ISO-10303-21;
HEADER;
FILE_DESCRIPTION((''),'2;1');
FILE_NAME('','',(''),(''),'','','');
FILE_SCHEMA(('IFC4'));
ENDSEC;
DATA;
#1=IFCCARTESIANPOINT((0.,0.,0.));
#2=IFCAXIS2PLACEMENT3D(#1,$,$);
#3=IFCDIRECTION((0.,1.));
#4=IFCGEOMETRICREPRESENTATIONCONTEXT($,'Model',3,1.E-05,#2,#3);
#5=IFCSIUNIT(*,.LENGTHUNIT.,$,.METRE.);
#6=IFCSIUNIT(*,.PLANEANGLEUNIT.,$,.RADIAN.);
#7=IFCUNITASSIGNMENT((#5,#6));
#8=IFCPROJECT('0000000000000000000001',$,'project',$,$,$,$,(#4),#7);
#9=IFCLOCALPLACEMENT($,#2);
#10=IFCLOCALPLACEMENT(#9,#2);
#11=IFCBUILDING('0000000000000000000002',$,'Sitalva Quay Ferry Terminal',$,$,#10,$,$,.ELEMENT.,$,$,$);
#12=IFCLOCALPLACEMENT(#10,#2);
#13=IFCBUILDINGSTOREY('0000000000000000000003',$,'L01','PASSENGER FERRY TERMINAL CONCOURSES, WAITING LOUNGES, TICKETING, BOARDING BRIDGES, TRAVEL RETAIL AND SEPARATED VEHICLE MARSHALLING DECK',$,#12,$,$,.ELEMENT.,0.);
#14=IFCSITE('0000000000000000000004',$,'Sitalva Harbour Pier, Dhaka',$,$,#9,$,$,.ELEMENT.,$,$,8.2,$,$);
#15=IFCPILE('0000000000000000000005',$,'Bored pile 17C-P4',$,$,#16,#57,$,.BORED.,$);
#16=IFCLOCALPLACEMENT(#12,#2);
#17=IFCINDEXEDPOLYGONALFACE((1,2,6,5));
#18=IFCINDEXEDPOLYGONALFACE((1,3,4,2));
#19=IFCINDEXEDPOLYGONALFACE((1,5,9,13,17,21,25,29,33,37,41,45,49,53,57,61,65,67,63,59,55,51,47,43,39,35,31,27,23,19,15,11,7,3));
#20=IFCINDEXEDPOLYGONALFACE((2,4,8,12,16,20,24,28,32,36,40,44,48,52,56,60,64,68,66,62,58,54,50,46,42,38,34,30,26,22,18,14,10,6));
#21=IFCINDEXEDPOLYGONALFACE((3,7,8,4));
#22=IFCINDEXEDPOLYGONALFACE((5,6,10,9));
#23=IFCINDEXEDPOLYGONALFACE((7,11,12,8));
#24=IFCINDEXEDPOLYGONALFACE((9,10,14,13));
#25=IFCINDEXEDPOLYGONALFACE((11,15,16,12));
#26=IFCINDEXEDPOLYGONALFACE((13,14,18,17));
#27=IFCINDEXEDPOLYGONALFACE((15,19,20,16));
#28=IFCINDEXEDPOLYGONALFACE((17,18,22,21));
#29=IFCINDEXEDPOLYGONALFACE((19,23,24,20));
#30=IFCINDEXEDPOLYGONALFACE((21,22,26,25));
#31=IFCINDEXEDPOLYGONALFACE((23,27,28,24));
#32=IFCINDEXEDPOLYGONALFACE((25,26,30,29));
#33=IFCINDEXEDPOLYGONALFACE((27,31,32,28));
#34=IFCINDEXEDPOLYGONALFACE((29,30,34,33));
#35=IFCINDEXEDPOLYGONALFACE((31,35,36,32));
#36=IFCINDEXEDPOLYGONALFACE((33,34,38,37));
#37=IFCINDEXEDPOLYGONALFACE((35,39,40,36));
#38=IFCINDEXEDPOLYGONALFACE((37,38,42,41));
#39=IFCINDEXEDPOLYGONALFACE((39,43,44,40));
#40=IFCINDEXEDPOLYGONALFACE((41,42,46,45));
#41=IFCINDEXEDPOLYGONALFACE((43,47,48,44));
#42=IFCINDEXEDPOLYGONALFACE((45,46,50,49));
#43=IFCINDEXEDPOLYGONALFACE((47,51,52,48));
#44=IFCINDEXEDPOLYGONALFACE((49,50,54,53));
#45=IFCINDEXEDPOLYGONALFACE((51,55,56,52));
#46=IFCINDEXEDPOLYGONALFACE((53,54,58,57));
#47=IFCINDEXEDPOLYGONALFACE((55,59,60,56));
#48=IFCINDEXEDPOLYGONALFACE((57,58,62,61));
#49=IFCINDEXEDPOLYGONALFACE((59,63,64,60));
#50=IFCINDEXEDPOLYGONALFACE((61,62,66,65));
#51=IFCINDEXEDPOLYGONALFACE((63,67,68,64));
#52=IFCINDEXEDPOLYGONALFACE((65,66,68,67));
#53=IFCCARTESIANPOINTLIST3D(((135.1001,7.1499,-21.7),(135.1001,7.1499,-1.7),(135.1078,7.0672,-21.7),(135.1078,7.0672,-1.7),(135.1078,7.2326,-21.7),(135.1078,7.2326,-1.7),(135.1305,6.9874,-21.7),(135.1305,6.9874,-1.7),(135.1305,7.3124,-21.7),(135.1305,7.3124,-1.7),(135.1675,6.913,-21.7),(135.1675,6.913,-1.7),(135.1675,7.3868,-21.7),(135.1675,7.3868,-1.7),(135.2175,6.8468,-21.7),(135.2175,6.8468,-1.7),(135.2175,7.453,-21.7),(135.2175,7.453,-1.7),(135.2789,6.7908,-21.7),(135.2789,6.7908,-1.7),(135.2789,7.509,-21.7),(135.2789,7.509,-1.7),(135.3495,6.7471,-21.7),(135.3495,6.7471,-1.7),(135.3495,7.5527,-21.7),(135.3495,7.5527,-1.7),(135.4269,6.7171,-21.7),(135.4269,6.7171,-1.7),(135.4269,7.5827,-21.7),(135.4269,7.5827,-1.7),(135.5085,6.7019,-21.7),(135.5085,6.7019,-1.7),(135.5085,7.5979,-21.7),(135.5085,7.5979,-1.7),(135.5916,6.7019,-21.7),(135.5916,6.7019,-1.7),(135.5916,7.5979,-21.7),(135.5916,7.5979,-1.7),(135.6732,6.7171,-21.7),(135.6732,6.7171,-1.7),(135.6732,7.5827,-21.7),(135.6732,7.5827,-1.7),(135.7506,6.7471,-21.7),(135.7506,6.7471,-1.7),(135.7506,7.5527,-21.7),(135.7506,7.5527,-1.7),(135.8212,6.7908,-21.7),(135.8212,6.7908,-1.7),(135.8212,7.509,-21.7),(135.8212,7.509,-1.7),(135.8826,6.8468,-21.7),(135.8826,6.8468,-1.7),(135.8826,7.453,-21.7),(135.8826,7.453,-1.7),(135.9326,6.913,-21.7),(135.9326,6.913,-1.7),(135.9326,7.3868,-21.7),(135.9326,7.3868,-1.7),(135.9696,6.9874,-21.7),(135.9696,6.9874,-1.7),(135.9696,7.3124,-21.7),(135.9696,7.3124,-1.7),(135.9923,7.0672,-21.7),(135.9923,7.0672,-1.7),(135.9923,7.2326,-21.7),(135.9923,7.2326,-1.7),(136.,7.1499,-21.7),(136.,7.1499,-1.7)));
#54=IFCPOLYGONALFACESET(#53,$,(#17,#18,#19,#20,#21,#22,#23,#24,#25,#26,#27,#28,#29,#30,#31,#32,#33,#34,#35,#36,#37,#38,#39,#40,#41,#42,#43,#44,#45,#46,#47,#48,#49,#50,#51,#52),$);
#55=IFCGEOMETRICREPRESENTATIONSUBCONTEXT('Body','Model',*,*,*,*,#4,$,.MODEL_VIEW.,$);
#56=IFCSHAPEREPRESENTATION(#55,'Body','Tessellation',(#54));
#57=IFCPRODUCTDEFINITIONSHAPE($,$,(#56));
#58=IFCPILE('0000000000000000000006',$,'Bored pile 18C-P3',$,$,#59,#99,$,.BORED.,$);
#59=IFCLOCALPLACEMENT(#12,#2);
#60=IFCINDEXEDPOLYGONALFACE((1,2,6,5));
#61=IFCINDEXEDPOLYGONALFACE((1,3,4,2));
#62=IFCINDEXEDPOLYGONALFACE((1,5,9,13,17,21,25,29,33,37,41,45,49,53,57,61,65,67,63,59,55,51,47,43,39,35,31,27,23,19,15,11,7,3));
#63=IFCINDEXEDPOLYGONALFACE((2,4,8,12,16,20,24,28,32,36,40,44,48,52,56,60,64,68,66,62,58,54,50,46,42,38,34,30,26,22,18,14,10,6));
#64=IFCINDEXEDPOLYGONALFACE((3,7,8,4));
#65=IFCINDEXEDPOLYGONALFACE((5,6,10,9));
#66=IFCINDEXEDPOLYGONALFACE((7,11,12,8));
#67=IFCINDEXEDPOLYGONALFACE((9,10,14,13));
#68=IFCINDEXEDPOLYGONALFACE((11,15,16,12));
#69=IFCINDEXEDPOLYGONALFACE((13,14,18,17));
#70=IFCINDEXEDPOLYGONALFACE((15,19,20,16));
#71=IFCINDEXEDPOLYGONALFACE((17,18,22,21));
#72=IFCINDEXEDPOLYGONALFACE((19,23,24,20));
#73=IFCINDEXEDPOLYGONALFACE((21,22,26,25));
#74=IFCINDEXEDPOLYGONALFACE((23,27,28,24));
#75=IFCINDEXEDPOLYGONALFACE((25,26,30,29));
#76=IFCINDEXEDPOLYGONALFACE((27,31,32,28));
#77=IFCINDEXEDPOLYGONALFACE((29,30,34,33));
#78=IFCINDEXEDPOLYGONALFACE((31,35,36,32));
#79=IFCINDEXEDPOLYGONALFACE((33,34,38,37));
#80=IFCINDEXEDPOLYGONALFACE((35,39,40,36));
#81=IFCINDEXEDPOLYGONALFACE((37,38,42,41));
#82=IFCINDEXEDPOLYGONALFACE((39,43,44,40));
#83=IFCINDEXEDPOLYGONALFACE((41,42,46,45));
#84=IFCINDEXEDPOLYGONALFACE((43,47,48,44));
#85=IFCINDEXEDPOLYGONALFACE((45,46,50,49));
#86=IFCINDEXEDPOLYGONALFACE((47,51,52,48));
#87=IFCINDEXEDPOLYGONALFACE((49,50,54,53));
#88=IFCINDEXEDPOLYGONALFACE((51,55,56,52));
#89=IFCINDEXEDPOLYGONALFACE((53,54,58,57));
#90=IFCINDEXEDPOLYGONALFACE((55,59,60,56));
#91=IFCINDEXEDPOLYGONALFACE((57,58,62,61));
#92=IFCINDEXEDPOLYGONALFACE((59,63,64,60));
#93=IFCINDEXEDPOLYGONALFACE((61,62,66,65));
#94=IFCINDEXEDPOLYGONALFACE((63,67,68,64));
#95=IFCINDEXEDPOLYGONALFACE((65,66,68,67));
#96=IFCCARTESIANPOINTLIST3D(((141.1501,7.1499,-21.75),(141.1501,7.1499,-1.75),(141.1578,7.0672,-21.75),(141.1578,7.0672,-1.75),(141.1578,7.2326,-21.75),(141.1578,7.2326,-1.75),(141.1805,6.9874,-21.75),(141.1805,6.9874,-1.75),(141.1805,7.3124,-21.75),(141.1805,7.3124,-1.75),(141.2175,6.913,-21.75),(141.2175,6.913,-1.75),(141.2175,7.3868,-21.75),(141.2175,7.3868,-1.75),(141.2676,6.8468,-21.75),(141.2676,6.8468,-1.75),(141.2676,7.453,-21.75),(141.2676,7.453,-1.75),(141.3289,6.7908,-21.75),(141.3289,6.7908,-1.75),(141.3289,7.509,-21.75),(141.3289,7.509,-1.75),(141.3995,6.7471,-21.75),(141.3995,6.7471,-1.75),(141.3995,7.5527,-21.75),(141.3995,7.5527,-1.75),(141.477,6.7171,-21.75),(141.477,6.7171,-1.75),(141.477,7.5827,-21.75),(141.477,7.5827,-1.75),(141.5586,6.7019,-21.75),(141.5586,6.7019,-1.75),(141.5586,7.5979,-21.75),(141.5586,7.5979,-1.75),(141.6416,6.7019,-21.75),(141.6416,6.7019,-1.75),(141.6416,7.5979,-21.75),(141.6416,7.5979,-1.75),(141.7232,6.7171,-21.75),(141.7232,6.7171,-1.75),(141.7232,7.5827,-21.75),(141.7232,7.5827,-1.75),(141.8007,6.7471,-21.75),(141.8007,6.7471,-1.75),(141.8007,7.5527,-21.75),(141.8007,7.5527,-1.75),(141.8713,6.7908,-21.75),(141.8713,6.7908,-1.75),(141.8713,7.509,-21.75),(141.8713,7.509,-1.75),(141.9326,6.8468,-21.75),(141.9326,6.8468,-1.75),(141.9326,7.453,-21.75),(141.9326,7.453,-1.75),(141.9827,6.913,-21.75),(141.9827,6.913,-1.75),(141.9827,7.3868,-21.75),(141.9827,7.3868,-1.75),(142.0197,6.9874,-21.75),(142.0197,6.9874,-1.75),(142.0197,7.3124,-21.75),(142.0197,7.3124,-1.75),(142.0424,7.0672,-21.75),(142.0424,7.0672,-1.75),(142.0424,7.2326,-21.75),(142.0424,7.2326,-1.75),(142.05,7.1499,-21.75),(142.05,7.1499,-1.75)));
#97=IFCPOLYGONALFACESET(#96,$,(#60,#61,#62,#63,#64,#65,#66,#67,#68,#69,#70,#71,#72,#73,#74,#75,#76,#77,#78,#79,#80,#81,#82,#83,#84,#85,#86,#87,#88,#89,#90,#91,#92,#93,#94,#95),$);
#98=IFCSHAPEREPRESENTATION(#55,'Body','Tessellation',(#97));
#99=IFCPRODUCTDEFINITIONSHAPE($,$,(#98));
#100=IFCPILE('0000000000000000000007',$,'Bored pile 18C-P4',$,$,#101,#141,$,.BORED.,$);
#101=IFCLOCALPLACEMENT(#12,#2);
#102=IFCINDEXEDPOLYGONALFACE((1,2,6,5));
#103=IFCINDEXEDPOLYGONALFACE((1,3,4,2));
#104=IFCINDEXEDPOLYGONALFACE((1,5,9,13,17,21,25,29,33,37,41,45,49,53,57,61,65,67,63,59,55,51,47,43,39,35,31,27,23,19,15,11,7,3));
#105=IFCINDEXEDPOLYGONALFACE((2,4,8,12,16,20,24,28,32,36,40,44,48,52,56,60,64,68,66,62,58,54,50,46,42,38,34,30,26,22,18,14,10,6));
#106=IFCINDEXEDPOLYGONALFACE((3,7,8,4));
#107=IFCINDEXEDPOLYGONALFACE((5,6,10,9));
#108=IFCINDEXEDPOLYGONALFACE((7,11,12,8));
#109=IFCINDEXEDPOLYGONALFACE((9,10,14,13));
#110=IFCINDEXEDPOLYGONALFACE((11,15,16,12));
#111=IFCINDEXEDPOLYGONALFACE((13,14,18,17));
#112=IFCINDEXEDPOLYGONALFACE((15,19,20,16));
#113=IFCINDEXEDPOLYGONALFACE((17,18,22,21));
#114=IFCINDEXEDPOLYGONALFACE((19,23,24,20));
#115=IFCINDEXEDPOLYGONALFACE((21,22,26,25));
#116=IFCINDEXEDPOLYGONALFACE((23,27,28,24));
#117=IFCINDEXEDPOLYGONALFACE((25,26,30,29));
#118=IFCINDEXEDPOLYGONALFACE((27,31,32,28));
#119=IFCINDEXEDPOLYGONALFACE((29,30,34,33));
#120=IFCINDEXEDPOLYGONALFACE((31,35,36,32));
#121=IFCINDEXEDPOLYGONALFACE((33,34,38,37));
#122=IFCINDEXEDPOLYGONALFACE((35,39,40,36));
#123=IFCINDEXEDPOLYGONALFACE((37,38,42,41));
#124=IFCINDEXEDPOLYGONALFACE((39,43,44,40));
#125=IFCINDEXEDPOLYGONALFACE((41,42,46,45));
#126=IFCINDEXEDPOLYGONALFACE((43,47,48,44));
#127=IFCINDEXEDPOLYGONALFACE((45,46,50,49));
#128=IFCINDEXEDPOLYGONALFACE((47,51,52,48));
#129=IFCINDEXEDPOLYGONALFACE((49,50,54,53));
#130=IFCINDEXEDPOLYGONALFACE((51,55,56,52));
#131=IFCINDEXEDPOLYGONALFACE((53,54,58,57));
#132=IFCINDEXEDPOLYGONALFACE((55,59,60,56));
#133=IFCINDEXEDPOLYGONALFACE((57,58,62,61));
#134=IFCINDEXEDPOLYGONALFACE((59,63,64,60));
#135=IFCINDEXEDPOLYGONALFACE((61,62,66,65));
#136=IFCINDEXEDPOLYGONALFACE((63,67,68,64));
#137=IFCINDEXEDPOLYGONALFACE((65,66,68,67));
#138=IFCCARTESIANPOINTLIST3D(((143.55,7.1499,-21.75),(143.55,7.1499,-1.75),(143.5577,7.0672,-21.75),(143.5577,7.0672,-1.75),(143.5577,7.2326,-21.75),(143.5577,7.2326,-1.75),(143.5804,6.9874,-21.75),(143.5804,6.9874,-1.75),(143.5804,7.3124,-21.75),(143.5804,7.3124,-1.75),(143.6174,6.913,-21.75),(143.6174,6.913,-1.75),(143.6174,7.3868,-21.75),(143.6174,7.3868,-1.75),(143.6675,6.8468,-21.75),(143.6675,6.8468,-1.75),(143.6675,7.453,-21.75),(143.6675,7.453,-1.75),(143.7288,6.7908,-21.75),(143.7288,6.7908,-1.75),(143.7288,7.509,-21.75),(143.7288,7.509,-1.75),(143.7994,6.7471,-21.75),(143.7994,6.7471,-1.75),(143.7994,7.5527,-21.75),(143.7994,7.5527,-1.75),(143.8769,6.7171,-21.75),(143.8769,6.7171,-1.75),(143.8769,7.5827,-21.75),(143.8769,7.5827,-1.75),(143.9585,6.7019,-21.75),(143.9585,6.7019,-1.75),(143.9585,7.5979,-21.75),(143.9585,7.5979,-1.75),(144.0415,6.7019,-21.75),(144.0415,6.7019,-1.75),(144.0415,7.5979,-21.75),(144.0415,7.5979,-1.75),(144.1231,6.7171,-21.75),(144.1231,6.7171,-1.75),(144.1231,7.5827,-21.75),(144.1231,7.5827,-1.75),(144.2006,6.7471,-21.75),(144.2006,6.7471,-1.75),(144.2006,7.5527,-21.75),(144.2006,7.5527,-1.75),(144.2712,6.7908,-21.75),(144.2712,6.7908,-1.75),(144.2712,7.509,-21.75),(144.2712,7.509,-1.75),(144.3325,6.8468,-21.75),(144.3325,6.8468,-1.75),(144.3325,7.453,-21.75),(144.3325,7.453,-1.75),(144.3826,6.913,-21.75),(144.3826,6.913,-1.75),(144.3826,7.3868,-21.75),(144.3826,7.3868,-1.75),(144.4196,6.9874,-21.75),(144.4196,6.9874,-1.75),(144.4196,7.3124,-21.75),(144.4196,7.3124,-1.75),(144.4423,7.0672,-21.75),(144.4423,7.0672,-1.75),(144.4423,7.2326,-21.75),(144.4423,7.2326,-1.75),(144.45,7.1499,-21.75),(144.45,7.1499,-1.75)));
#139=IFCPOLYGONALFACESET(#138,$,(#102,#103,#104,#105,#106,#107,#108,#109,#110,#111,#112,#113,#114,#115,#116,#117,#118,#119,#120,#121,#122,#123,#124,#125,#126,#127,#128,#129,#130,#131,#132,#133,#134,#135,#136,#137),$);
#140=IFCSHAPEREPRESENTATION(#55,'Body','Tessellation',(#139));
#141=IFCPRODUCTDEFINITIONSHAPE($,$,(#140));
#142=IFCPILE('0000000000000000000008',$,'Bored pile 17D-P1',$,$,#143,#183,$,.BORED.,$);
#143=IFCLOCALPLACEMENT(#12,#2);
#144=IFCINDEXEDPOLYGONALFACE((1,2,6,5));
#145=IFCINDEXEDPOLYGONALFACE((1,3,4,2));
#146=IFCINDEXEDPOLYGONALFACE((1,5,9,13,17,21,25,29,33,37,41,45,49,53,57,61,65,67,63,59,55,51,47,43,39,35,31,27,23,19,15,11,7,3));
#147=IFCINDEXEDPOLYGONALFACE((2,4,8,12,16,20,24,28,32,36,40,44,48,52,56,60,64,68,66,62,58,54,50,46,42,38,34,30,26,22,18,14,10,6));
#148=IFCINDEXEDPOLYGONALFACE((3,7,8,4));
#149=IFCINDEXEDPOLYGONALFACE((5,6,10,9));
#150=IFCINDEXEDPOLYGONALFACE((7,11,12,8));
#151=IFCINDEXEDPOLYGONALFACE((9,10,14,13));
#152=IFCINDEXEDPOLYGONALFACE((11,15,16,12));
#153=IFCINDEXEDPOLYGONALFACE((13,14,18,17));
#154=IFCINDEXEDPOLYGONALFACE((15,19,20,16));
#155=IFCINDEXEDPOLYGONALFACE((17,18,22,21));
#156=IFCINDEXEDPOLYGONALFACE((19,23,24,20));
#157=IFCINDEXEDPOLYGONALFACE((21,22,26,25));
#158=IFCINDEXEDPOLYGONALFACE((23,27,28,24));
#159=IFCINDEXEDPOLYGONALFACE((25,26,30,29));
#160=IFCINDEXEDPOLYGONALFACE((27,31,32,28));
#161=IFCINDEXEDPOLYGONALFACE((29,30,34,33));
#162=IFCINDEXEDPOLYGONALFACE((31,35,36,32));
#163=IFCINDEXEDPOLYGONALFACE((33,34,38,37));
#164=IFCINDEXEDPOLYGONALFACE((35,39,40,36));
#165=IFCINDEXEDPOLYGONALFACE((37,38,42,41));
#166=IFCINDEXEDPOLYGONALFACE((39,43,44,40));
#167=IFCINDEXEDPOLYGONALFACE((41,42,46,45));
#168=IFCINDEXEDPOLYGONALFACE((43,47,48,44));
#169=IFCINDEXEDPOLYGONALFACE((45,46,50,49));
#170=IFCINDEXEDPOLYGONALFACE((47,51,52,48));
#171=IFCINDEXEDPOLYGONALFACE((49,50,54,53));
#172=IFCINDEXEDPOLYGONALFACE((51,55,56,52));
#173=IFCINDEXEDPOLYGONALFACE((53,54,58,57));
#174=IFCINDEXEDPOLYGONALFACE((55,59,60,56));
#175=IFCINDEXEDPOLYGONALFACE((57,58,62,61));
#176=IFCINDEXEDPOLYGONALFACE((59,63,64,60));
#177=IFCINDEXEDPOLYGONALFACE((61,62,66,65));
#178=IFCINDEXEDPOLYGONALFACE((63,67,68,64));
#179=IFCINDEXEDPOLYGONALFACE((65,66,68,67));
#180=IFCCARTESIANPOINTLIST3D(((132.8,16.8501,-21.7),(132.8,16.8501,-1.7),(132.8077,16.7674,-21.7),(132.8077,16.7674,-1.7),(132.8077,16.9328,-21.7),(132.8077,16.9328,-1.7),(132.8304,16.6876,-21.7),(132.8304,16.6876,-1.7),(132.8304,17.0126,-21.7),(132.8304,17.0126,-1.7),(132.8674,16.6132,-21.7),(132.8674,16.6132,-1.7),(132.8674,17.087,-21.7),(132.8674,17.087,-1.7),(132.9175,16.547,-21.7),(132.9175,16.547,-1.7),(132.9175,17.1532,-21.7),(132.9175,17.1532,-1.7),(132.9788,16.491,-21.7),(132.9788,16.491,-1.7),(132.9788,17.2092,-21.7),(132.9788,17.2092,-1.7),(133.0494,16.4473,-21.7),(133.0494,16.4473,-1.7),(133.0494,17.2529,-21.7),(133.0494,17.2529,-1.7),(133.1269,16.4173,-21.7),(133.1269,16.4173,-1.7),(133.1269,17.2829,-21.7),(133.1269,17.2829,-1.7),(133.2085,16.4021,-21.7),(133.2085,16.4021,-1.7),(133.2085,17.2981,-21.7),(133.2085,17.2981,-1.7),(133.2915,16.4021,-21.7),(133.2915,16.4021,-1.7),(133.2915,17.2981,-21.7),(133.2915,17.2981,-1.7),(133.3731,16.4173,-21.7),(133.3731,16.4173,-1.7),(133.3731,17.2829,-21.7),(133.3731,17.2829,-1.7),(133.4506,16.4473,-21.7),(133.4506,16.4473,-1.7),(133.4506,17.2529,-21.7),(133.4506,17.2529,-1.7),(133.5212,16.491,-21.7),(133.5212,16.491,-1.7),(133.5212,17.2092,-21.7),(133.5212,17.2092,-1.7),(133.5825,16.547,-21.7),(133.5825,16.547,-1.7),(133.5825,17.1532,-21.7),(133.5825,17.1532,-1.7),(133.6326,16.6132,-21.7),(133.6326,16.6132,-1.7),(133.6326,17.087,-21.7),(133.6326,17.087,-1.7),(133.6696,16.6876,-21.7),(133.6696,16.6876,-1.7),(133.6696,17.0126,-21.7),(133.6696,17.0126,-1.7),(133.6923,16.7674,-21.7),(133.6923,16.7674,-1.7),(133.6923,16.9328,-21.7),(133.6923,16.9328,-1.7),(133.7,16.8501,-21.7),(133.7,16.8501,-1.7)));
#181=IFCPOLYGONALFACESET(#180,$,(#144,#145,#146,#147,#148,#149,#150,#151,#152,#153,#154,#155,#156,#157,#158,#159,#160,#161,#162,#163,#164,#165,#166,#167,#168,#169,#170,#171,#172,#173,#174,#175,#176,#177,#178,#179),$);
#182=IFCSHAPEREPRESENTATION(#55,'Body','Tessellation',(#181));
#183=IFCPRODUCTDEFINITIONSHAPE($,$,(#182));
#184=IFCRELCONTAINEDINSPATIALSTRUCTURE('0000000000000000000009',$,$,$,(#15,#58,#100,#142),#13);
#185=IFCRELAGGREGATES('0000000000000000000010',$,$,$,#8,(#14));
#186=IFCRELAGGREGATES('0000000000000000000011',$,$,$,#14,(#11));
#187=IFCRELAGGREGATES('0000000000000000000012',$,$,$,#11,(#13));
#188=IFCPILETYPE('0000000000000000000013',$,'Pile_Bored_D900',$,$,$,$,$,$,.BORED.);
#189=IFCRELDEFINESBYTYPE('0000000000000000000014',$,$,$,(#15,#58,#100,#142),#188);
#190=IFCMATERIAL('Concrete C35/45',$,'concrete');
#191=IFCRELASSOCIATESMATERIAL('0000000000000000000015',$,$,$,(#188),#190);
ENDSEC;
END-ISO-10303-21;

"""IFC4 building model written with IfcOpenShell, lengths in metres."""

from ifc_helpers import new_model, si_unit, direction, frame, origin, origin_2d, place, context, subcontext, project, spatial, circle, extrude, material, material_profile, profile_set, type_object, element, save


model = new_model("IFC4")

# Units and contexts
model_context = context("Model", 3, precision=1e-05, world=origin(), true_north=direction((0.0, 1.0)))
body_context = subcontext(model_context, "Body", "Model", "MODEL_VIEW")
ifc_project = project(units=[si_unit("LENGTHUNIT", "METRE"), si_unit("PLANEANGLEUNIT", "RADIAN")], contexts=[model_context])

# Site, building, storey
site_placement = place(None, origin())
site = spatial("IfcSite", under=ifc_project, at=site_placement, Name="Sitalva Harbour Pier, Dhaka", CompositionType="ELEMENT", RefElevation=8.2)
building_placement = place(site_placement, origin())
building = spatial("IfcBuilding", under=site, at=building_placement, Name="Sitalva Quay Ferry Terminal", CompositionType="ELEMENT")
storey_placement = place(building_placement, origin())
storey = spatial("IfcBuildingStorey", under=building, at=storey_placement, Name="L01", Description="PASSENGER FERRY TERMINAL CONCOURSES, WAITING LOUNGES, TICKETING, BOARDING BRIDGES, TRAVEL RETAIL AND SEPARATED VEHICLE MARSHALLING DECK", CompositionType="ELEMENT", Elevation=0.0)

# Piles
ifc_material_1 = material(Name="Concrete C35/45", Category="concrete")
ifc_material_profile_1 = material_profile(ifc_material_1, circle(Radius=0.45, at=origin_2d()), Name="PILE-D900")
ifc_profile_set_1 = profile_set([ifc_material_profile_1], Name="Concrete C35/45")
pile_type_1 = type_object("IfcPileType", Name="Pile_Bored_D900", PredefinedType="BORED", material=ifc_profile_set_1)
for number, where, z_axis, x_axis, name in (
    (1, (135.55, 7.1499, -1.7), (0.0, 0.0, -1.0), (1.0, 0.0, 0.0), "Bored pile 17C-P4"),
    (2, (141.6001, 7.1499, -1.75), (0.0, 0.0, -1.0), (1.0, 0.0, 0.0), "Bored pile 18C-P3"),
    (3, (144.0, 7.1499, -1.75), (0.0, 0.0, -1.0), (1.0, 0.0, 0.0), "Bored pile 18C-P4"),
    (4, (133.25, 16.8501, -1.7), (0.0, 0.0, -1.0), (1.0, 0.0, 0.0), "Bored pile 17D-P1"),
):
    element("IfcPile", number, at=place(storey_placement, frame(where, z_axis=z_axis, x_axis=x_axis)), inside=storey, type_object=pile_type_1, Name=name, PredefinedType="BORED", context=body_context, shape_type="SweptSolid", body=[
        extrude(circle(Radius=0.45, at=origin_2d()), origin(), (0.0, 0.0, 1.0), 20.0),
    ])

save(model, "model.ifc")
